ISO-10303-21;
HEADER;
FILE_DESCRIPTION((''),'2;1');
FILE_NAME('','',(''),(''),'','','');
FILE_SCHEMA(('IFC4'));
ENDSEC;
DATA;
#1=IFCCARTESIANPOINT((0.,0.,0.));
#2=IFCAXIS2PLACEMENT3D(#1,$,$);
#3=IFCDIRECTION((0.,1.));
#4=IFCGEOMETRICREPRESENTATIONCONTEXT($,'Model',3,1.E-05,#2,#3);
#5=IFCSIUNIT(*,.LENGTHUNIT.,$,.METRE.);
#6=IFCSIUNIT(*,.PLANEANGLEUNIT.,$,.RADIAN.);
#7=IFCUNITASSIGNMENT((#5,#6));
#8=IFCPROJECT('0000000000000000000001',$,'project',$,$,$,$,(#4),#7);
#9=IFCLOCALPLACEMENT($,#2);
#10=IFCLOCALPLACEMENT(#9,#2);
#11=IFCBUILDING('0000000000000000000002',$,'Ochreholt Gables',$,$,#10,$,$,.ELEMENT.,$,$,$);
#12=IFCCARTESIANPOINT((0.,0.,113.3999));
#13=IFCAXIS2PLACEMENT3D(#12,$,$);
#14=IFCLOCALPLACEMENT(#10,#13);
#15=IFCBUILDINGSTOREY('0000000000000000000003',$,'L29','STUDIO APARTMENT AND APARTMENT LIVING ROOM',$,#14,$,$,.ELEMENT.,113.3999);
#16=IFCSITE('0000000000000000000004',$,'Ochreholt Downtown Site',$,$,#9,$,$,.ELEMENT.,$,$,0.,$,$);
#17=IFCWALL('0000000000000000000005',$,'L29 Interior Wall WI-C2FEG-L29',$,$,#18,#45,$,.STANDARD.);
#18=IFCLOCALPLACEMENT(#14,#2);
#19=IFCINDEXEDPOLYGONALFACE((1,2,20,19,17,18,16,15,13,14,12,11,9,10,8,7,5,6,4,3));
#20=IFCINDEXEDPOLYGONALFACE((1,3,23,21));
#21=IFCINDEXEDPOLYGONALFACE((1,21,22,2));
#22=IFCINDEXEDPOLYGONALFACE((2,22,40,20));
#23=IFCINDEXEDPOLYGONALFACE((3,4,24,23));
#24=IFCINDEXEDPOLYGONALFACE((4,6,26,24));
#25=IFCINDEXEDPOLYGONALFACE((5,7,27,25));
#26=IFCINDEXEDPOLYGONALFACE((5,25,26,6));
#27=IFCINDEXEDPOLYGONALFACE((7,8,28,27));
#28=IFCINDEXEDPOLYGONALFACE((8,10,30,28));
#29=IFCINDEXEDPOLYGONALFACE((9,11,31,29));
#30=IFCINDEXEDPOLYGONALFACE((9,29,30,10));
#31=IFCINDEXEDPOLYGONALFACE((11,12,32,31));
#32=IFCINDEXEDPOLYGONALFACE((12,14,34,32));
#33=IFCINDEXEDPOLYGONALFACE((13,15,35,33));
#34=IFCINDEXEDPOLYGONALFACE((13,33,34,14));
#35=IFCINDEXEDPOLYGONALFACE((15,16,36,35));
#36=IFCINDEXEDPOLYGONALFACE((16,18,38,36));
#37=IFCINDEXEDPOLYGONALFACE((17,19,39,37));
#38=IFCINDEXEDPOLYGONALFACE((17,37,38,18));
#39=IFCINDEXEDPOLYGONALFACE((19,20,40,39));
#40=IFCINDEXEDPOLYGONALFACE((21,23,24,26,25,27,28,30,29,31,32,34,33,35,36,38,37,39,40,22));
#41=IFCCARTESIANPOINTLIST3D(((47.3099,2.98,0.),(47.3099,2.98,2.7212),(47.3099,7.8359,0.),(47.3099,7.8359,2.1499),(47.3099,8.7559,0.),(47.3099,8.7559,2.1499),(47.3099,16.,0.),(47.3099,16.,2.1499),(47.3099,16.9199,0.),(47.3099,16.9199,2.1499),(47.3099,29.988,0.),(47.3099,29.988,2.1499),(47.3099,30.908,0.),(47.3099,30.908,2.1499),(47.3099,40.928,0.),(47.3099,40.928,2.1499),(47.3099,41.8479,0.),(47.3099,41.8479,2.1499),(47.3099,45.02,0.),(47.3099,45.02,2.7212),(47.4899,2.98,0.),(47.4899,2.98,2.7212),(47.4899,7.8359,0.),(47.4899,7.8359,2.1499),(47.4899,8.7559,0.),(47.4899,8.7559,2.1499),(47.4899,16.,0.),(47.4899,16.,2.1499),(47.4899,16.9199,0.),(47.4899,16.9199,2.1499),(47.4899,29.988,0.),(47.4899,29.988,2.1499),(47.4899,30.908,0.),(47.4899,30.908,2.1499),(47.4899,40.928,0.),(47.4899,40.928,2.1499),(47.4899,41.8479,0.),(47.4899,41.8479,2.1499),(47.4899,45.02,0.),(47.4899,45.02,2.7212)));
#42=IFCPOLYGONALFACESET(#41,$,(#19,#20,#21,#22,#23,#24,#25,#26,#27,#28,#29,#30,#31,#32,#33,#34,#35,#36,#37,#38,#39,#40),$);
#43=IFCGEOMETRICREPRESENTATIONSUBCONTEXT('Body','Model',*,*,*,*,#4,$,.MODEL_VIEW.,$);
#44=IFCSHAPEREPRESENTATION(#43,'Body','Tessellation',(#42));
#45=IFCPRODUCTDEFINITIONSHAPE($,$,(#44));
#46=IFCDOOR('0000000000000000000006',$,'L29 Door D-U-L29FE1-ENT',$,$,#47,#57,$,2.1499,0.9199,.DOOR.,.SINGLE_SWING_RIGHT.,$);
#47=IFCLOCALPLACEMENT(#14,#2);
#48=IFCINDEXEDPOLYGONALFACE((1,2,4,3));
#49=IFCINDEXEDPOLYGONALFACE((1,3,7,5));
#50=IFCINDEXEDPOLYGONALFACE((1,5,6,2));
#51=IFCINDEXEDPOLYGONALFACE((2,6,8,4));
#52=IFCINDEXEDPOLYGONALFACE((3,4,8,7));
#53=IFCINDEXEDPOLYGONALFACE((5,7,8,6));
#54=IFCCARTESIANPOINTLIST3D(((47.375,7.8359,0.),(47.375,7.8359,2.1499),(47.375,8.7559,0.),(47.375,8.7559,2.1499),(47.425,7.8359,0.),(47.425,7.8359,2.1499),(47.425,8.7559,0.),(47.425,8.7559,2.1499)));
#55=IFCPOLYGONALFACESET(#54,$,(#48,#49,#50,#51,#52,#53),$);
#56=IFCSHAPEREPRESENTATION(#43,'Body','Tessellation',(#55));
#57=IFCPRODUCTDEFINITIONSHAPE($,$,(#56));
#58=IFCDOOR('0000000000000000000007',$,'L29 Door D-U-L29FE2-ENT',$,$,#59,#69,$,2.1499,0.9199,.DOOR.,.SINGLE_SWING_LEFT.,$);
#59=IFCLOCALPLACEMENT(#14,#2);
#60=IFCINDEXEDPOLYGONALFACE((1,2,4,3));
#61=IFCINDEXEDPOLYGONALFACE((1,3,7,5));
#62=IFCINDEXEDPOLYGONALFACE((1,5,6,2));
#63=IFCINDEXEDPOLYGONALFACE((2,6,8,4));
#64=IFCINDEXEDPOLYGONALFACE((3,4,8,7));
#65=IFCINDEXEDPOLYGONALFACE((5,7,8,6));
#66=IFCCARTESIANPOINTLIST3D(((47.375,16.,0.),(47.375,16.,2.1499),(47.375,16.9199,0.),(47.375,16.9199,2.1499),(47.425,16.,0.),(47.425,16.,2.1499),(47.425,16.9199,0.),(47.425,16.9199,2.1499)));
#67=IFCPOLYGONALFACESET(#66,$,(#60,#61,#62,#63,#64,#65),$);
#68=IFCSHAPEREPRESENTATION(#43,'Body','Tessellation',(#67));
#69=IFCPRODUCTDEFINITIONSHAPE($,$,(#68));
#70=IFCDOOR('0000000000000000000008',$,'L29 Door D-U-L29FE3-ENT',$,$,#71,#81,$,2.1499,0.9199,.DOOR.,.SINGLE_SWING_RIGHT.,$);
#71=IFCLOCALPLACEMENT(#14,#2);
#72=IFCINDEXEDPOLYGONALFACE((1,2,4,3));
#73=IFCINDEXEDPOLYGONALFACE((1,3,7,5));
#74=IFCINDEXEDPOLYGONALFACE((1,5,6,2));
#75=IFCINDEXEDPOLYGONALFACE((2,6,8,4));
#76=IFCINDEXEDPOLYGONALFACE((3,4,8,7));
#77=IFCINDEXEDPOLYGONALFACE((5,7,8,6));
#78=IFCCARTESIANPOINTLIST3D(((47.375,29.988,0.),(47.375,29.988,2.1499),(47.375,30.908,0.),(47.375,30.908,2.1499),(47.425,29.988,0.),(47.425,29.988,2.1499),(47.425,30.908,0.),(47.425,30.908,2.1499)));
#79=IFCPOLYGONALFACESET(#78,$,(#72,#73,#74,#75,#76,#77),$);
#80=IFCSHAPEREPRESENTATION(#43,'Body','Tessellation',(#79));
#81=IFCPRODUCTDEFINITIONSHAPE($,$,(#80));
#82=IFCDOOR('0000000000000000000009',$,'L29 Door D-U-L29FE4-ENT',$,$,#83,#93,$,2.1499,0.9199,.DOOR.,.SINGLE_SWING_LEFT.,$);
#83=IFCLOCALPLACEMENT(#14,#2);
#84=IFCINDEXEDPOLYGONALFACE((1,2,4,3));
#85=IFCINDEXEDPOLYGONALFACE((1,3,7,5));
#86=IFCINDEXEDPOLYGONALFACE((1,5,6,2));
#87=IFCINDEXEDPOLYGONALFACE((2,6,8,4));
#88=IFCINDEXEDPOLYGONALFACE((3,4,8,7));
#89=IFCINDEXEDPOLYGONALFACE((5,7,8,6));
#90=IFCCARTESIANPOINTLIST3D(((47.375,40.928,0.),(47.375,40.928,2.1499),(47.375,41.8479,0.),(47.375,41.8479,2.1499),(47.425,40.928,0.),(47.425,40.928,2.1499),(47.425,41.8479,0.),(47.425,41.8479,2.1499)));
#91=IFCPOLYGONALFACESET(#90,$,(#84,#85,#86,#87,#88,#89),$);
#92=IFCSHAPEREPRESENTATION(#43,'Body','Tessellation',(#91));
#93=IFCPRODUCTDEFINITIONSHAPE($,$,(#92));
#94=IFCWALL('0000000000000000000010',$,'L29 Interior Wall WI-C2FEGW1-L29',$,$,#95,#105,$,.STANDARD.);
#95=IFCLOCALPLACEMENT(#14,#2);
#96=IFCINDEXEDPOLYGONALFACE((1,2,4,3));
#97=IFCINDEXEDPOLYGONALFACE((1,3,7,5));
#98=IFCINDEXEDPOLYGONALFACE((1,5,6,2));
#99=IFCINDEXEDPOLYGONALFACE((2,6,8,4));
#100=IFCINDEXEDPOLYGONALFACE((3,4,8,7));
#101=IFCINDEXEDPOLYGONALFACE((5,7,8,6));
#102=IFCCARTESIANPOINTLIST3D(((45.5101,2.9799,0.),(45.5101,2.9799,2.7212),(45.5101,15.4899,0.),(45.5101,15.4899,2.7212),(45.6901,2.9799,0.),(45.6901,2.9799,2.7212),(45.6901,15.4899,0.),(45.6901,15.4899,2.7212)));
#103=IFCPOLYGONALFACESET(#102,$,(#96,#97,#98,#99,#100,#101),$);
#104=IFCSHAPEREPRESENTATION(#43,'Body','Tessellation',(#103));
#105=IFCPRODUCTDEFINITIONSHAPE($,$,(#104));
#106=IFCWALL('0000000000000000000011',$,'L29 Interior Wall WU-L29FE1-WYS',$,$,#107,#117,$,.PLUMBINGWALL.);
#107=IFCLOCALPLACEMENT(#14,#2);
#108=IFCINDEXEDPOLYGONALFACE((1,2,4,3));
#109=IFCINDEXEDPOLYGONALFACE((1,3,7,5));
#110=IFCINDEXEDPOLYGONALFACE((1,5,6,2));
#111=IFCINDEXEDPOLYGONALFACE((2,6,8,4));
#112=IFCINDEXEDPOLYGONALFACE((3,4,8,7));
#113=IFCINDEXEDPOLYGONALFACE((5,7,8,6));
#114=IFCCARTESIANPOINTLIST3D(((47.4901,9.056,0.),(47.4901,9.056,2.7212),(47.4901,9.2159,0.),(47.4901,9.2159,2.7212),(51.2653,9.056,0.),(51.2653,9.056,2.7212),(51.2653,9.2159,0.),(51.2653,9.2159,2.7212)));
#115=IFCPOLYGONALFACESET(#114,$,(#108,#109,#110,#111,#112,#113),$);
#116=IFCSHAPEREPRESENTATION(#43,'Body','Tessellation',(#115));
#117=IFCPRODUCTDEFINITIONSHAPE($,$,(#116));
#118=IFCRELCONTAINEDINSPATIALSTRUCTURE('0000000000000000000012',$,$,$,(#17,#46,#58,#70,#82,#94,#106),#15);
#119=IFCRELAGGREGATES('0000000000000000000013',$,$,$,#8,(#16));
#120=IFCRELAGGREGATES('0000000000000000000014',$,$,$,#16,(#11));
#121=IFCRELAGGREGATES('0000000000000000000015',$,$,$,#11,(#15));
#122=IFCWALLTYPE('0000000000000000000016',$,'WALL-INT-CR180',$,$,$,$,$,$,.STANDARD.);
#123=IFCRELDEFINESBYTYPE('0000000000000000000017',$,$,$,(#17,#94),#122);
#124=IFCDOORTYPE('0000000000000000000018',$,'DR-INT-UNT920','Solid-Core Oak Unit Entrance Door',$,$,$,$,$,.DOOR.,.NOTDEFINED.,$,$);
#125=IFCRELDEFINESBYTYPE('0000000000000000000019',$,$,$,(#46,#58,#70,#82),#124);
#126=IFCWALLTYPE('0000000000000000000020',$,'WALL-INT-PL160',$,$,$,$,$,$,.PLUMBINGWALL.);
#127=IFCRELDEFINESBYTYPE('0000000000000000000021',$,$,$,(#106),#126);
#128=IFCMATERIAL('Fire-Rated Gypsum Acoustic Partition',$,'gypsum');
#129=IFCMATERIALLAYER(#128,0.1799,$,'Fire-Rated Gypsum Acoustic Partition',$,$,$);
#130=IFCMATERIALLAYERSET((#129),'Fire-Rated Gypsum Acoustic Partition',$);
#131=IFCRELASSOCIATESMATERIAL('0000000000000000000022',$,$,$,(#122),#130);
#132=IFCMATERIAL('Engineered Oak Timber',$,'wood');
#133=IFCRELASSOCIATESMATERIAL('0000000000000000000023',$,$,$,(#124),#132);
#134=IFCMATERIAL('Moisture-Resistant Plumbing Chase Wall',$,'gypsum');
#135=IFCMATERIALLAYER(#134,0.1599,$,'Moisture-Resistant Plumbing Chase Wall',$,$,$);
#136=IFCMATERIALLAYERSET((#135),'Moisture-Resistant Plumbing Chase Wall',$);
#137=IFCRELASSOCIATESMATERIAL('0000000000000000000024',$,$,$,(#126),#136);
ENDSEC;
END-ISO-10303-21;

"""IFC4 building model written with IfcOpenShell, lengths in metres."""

from ifc_helpers import new_model, si_unit, direction, frame, frame_2d, origin, place, context, subcontext, project, spatial, rectangle, extrude, material, layer, layer_set, type_object, element, fill, save


model = new_model("IFC4")

# Units and contexts
model_context = context("Model", 3, precision=1e-05, world=origin(), true_north=direction((0.0, 1.0)))
body_context = subcontext(model_context, "Body", "Model", "MODEL_VIEW")
ifc_project = project(units=[si_unit("LENGTHUNIT", "METRE"), si_unit("PLANEANGLEUNIT", "RADIAN")], contexts=[model_context])

# Site, building, storey
site_placement = place(None, origin())
site = spatial("IfcSite", under=ifc_project, at=site_placement, Name="Ochreholt Downtown Site", CompositionType="ELEMENT", RefElevation=0.0)
building_placement = place(site_placement, origin())
building = spatial("IfcBuilding", under=site, at=building_placement, Name="Ochreholt Gables", CompositionType="ELEMENT")
storey_placement = place(building_placement, frame((0.0, 0.0, 113.3999)))
storey = spatial("IfcBuildingStorey", under=building, at=storey_placement, Name="L29", Description="STUDIO APARTMENT AND APARTMENT LIVING ROOM", CompositionType="ELEMENT", Elevation=113.3999)

# Wall, openings, doors
ifc_material_1 = material(Name="Fire-Rated Gypsum Acoustic Partition", Category="gypsum")
ifc_layer_1 = layer(ifc_material_1, 0.1799, Name="Fire-Rated Gypsum Acoustic Partition")
ifc_layer_set_1 = layer_set([ifc_layer_1], Name="Fire-Rated Gypsum Acoustic Partition")
wall_type_1 = type_object("IfcWallType", Name="WALL-INT-CR180", PredefinedType="STANDARD", material=ifc_layer_set_1)
wall_1_placement = place(storey_placement, frame((47.3999, 2.98, 0.0), z_axis=(0.0, 0.0, 1.0), x_axis=(0.0, 1.0, 0.0)))
wall_1 = element("IfcWall", 1, at=wall_1_placement, inside=storey, type_object=wall_type_1, Name="L29 Interior Wall WI-C2FEG-L29", PredefinedType="STANDARD", context=body_context, shape_type="SweptSolid", body=[
    extrude(rectangle(XDim=42.04, YDim=0.1799, at=frame_2d((21.02, 0.0))), origin(), (0.0, 0.0, 1.0), 2.7212),
])
opening_1_placement = place(wall_1_placement, frame((4.856, 0.0, 0.0)))
opening_1 = element("IfcOpeningElement", 2, at=opening_1_placement, cuts=wall_1, PredefinedType="OPENING", context=body_context, shape_type="SweptSolid", body=[
    extrude(rectangle(XDim=0.9199, YDim=2.1499, at=frame_2d((0.46, 1.075))), frame((0.0, 0.0999, 0.0), z_axis=(0.0, -1.0, 0.0), x_axis=(1.0, 0.0, 0.0)), (0.0, 0.0, 1.0), 0.2),
])
opening_2_placement = place(wall_1_placement, frame((13.02, 0.0, 0.0)))
opening_2 = element("IfcOpeningElement", 3, at=opening_2_placement, cuts=wall_1, PredefinedType="OPENING", context=body_context, shape_type="SweptSolid", body=[
    extrude(rectangle(XDim=0.9199, YDim=2.1499, at=frame_2d((0.46, 1.075))), frame((0.0, 0.0999, 0.0), z_axis=(0.0, -1.0, 0.0), x_axis=(1.0, 0.0, 0.0)), (0.0, 0.0, 1.0), 0.2),
])
opening_3_placement = place(wall_1_placement, frame((27.0081, 0.0, 0.0)))
opening_3 = element("IfcOpeningElement", 4, at=opening_3_placement, cuts=wall_1, PredefinedType="OPENING", context=body_context, shape_type="SweptSolid", body=[
    extrude(rectangle(XDim=0.9199, YDim=2.1499, at=frame_2d((0.46, 1.075))), frame((0.0, 0.0999, 0.0), z_axis=(0.0, -1.0, 0.0), x_axis=(1.0, 0.0, 0.0)), (0.0, 0.0, 1.0), 0.2),
])
opening_4_placement = place(wall_1_placement, frame((37.948, 0.0, 0.0)))
opening_4 = element("IfcOpeningElement", 5, at=opening_4_placement, cuts=wall_1, PredefinedType="OPENING", context=body_context, shape_type="SweptSolid", body=[
    extrude(rectangle(XDim=0.9199, YDim=2.1499, at=frame_2d((0.46, 1.075))), frame((0.0, 0.0999, 0.0), z_axis=(0.0, -1.0, 0.0), x_axis=(1.0, 0.0, 0.0)), (0.0, 0.0, 1.0), 0.2),
])
ifc_material_2 = material(Name="Engineered Oak Timber", Category="wood")
door_type_1 = type_object("IfcDoorType", Name="DR-INT-UNT920", Description="Solid-Core Oak Unit Entrance Door", OperationType="NOTDEFINED", PredefinedType="DOOR", material=ifc_material_2)
door_1_placement = place(opening_1_placement, origin())
door_1 = element("IfcDoor", 6, at=door_1_placement, inside=storey, type_object=door_type_1, Name="L29 Door D-U-L29FE1-ENT", OperationType="SINGLE_SWING_RIGHT", OverallHeight=2.1499, OverallWidth=0.9199, PredefinedType="DOOR", context=body_context, shape_type="SweptSolid", body=[
    extrude(rectangle(XDim=0.9199, YDim=2.1499, at=frame_2d((0.46, 1.075))), frame((0.0, 0.0249, 0.0), z_axis=(0.0, -1.0, 0.0), x_axis=(1.0, 0.0, 0.0)), (0.0, 0.0, 1.0), 0.05),
])
fill(opening_1, door_1)
door_2_placement = place(opening_2_placement, origin())
door_2 = element("IfcDoor", 7, at=door_2_placement, inside=storey, type_object=door_type_1, Name="L29 Door D-U-L29FE2-ENT", OperationType="SINGLE_SWING_LEFT", OverallHeight=2.1499, OverallWidth=0.9199, PredefinedType="DOOR", context=body_context, shape_type="SweptSolid", body=[
    extrude(rectangle(XDim=0.9199, YDim=2.1499, at=frame_2d((0.46, 1.075))), frame((0.0, 0.0249, 0.0), z_axis=(0.0, -1.0, 0.0), x_axis=(1.0, 0.0, 0.0)), (0.0, 0.0, 1.0), 0.05),
])
fill(opening_2, door_2)
door_3_placement = place(opening_3_placement, origin())
door_3 = element("IfcDoor", 8, at=door_3_placement, inside=storey, type_object=door_type_1, Name="L29 Door D-U-L29FE3-ENT", OperationType="SINGLE_SWING_RIGHT", OverallHeight=2.1499, OverallWidth=0.9199, PredefinedType="DOOR", context=body_context, shape_type="SweptSolid", body=[
    extrude(rectangle(XDim=0.9199, YDim=2.1499, at=frame_2d((0.46, 1.075))), frame((0.0, 0.0249, 0.0), z_axis=(0.0, -1.0, 0.0), x_axis=(1.0, 0.0, 0.0)), (0.0, 0.0, 1.0), 0.05),
])
fill(opening_3, door_3)
door_4_placement = place(opening_4_placement, origin())
door_4 = element("IfcDoor", 9, at=door_4_placement, inside=storey, type_object=door_type_1, Name="L29 Door D-U-L29FE4-ENT", OperationType="SINGLE_SWING_LEFT", OverallHeight=2.1499, OverallWidth=0.9199, PredefinedType="DOOR", context=body_context, shape_type="SweptSolid", body=[
    extrude(rectangle(XDim=0.9199, YDim=2.1499, at=frame_2d((0.46, 1.075))), frame((0.0, 0.0249, 0.0), z_axis=(0.0, -1.0, 0.0), x_axis=(1.0, 0.0, 0.0)), (0.0, 0.0, 1.0), 0.05),
])
fill(opening_4, door_4)

# Walls
wall_2_placement = place(storey_placement, frame((45.6001, 2.98, 0.0), z_axis=(0.0, 0.0, 1.0), x_axis=(0.0, 1.0, 0.0)))
element("IfcWall", 10, at=wall_2_placement, inside=storey, type_object=wall_type_1, Name="L29 Interior Wall WI-C2FEGW1-L29", PredefinedType="STANDARD", context=body_context, shape_type="SweptSolid", body=[
    extrude(rectangle(XDim=12.51, YDim=0.1799, at=frame_2d((6.2549, 0.0))), origin(), (0.0, 0.0, 1.0), 2.7212),
])
ifc_material_3 = material(Name="Moisture-Resistant Plumbing Chase Wall", Category="gypsum")
ifc_layer_2 = layer(ifc_material_3, 0.1599, Name="Moisture-Resistant Plumbing Chase Wall")
ifc_layer_set_2 = layer_set([ifc_layer_2], Name="Moisture-Resistant Plumbing Chase Wall")
wall_type_2 = type_object("IfcWallType", Name="WALL-INT-PL160", PredefinedType="PLUMBINGWALL", material=ifc_layer_set_2)
wall_3_placement = place(storey_placement, frame((47.49, 9.136, 0.0), z_axis=(0.0, 0.0, 1.0), x_axis=(1.0, 0.0, 0.0)))
element("IfcWall", 11, at=wall_3_placement, inside=storey, type_object=wall_type_2, Name="L29 Interior Wall WU-L29FE1-WYS", PredefinedType="PLUMBINGWALL", context=body_context, shape_type="SweptSolid", body=[
    extrude(rectangle(XDim=3.7751, YDim=0.1599, at=frame_2d((1.8877, 0.0))), origin(), (0.0, 0.0, 1.0), 2.7212),
])

save(model, "model.ifc")
